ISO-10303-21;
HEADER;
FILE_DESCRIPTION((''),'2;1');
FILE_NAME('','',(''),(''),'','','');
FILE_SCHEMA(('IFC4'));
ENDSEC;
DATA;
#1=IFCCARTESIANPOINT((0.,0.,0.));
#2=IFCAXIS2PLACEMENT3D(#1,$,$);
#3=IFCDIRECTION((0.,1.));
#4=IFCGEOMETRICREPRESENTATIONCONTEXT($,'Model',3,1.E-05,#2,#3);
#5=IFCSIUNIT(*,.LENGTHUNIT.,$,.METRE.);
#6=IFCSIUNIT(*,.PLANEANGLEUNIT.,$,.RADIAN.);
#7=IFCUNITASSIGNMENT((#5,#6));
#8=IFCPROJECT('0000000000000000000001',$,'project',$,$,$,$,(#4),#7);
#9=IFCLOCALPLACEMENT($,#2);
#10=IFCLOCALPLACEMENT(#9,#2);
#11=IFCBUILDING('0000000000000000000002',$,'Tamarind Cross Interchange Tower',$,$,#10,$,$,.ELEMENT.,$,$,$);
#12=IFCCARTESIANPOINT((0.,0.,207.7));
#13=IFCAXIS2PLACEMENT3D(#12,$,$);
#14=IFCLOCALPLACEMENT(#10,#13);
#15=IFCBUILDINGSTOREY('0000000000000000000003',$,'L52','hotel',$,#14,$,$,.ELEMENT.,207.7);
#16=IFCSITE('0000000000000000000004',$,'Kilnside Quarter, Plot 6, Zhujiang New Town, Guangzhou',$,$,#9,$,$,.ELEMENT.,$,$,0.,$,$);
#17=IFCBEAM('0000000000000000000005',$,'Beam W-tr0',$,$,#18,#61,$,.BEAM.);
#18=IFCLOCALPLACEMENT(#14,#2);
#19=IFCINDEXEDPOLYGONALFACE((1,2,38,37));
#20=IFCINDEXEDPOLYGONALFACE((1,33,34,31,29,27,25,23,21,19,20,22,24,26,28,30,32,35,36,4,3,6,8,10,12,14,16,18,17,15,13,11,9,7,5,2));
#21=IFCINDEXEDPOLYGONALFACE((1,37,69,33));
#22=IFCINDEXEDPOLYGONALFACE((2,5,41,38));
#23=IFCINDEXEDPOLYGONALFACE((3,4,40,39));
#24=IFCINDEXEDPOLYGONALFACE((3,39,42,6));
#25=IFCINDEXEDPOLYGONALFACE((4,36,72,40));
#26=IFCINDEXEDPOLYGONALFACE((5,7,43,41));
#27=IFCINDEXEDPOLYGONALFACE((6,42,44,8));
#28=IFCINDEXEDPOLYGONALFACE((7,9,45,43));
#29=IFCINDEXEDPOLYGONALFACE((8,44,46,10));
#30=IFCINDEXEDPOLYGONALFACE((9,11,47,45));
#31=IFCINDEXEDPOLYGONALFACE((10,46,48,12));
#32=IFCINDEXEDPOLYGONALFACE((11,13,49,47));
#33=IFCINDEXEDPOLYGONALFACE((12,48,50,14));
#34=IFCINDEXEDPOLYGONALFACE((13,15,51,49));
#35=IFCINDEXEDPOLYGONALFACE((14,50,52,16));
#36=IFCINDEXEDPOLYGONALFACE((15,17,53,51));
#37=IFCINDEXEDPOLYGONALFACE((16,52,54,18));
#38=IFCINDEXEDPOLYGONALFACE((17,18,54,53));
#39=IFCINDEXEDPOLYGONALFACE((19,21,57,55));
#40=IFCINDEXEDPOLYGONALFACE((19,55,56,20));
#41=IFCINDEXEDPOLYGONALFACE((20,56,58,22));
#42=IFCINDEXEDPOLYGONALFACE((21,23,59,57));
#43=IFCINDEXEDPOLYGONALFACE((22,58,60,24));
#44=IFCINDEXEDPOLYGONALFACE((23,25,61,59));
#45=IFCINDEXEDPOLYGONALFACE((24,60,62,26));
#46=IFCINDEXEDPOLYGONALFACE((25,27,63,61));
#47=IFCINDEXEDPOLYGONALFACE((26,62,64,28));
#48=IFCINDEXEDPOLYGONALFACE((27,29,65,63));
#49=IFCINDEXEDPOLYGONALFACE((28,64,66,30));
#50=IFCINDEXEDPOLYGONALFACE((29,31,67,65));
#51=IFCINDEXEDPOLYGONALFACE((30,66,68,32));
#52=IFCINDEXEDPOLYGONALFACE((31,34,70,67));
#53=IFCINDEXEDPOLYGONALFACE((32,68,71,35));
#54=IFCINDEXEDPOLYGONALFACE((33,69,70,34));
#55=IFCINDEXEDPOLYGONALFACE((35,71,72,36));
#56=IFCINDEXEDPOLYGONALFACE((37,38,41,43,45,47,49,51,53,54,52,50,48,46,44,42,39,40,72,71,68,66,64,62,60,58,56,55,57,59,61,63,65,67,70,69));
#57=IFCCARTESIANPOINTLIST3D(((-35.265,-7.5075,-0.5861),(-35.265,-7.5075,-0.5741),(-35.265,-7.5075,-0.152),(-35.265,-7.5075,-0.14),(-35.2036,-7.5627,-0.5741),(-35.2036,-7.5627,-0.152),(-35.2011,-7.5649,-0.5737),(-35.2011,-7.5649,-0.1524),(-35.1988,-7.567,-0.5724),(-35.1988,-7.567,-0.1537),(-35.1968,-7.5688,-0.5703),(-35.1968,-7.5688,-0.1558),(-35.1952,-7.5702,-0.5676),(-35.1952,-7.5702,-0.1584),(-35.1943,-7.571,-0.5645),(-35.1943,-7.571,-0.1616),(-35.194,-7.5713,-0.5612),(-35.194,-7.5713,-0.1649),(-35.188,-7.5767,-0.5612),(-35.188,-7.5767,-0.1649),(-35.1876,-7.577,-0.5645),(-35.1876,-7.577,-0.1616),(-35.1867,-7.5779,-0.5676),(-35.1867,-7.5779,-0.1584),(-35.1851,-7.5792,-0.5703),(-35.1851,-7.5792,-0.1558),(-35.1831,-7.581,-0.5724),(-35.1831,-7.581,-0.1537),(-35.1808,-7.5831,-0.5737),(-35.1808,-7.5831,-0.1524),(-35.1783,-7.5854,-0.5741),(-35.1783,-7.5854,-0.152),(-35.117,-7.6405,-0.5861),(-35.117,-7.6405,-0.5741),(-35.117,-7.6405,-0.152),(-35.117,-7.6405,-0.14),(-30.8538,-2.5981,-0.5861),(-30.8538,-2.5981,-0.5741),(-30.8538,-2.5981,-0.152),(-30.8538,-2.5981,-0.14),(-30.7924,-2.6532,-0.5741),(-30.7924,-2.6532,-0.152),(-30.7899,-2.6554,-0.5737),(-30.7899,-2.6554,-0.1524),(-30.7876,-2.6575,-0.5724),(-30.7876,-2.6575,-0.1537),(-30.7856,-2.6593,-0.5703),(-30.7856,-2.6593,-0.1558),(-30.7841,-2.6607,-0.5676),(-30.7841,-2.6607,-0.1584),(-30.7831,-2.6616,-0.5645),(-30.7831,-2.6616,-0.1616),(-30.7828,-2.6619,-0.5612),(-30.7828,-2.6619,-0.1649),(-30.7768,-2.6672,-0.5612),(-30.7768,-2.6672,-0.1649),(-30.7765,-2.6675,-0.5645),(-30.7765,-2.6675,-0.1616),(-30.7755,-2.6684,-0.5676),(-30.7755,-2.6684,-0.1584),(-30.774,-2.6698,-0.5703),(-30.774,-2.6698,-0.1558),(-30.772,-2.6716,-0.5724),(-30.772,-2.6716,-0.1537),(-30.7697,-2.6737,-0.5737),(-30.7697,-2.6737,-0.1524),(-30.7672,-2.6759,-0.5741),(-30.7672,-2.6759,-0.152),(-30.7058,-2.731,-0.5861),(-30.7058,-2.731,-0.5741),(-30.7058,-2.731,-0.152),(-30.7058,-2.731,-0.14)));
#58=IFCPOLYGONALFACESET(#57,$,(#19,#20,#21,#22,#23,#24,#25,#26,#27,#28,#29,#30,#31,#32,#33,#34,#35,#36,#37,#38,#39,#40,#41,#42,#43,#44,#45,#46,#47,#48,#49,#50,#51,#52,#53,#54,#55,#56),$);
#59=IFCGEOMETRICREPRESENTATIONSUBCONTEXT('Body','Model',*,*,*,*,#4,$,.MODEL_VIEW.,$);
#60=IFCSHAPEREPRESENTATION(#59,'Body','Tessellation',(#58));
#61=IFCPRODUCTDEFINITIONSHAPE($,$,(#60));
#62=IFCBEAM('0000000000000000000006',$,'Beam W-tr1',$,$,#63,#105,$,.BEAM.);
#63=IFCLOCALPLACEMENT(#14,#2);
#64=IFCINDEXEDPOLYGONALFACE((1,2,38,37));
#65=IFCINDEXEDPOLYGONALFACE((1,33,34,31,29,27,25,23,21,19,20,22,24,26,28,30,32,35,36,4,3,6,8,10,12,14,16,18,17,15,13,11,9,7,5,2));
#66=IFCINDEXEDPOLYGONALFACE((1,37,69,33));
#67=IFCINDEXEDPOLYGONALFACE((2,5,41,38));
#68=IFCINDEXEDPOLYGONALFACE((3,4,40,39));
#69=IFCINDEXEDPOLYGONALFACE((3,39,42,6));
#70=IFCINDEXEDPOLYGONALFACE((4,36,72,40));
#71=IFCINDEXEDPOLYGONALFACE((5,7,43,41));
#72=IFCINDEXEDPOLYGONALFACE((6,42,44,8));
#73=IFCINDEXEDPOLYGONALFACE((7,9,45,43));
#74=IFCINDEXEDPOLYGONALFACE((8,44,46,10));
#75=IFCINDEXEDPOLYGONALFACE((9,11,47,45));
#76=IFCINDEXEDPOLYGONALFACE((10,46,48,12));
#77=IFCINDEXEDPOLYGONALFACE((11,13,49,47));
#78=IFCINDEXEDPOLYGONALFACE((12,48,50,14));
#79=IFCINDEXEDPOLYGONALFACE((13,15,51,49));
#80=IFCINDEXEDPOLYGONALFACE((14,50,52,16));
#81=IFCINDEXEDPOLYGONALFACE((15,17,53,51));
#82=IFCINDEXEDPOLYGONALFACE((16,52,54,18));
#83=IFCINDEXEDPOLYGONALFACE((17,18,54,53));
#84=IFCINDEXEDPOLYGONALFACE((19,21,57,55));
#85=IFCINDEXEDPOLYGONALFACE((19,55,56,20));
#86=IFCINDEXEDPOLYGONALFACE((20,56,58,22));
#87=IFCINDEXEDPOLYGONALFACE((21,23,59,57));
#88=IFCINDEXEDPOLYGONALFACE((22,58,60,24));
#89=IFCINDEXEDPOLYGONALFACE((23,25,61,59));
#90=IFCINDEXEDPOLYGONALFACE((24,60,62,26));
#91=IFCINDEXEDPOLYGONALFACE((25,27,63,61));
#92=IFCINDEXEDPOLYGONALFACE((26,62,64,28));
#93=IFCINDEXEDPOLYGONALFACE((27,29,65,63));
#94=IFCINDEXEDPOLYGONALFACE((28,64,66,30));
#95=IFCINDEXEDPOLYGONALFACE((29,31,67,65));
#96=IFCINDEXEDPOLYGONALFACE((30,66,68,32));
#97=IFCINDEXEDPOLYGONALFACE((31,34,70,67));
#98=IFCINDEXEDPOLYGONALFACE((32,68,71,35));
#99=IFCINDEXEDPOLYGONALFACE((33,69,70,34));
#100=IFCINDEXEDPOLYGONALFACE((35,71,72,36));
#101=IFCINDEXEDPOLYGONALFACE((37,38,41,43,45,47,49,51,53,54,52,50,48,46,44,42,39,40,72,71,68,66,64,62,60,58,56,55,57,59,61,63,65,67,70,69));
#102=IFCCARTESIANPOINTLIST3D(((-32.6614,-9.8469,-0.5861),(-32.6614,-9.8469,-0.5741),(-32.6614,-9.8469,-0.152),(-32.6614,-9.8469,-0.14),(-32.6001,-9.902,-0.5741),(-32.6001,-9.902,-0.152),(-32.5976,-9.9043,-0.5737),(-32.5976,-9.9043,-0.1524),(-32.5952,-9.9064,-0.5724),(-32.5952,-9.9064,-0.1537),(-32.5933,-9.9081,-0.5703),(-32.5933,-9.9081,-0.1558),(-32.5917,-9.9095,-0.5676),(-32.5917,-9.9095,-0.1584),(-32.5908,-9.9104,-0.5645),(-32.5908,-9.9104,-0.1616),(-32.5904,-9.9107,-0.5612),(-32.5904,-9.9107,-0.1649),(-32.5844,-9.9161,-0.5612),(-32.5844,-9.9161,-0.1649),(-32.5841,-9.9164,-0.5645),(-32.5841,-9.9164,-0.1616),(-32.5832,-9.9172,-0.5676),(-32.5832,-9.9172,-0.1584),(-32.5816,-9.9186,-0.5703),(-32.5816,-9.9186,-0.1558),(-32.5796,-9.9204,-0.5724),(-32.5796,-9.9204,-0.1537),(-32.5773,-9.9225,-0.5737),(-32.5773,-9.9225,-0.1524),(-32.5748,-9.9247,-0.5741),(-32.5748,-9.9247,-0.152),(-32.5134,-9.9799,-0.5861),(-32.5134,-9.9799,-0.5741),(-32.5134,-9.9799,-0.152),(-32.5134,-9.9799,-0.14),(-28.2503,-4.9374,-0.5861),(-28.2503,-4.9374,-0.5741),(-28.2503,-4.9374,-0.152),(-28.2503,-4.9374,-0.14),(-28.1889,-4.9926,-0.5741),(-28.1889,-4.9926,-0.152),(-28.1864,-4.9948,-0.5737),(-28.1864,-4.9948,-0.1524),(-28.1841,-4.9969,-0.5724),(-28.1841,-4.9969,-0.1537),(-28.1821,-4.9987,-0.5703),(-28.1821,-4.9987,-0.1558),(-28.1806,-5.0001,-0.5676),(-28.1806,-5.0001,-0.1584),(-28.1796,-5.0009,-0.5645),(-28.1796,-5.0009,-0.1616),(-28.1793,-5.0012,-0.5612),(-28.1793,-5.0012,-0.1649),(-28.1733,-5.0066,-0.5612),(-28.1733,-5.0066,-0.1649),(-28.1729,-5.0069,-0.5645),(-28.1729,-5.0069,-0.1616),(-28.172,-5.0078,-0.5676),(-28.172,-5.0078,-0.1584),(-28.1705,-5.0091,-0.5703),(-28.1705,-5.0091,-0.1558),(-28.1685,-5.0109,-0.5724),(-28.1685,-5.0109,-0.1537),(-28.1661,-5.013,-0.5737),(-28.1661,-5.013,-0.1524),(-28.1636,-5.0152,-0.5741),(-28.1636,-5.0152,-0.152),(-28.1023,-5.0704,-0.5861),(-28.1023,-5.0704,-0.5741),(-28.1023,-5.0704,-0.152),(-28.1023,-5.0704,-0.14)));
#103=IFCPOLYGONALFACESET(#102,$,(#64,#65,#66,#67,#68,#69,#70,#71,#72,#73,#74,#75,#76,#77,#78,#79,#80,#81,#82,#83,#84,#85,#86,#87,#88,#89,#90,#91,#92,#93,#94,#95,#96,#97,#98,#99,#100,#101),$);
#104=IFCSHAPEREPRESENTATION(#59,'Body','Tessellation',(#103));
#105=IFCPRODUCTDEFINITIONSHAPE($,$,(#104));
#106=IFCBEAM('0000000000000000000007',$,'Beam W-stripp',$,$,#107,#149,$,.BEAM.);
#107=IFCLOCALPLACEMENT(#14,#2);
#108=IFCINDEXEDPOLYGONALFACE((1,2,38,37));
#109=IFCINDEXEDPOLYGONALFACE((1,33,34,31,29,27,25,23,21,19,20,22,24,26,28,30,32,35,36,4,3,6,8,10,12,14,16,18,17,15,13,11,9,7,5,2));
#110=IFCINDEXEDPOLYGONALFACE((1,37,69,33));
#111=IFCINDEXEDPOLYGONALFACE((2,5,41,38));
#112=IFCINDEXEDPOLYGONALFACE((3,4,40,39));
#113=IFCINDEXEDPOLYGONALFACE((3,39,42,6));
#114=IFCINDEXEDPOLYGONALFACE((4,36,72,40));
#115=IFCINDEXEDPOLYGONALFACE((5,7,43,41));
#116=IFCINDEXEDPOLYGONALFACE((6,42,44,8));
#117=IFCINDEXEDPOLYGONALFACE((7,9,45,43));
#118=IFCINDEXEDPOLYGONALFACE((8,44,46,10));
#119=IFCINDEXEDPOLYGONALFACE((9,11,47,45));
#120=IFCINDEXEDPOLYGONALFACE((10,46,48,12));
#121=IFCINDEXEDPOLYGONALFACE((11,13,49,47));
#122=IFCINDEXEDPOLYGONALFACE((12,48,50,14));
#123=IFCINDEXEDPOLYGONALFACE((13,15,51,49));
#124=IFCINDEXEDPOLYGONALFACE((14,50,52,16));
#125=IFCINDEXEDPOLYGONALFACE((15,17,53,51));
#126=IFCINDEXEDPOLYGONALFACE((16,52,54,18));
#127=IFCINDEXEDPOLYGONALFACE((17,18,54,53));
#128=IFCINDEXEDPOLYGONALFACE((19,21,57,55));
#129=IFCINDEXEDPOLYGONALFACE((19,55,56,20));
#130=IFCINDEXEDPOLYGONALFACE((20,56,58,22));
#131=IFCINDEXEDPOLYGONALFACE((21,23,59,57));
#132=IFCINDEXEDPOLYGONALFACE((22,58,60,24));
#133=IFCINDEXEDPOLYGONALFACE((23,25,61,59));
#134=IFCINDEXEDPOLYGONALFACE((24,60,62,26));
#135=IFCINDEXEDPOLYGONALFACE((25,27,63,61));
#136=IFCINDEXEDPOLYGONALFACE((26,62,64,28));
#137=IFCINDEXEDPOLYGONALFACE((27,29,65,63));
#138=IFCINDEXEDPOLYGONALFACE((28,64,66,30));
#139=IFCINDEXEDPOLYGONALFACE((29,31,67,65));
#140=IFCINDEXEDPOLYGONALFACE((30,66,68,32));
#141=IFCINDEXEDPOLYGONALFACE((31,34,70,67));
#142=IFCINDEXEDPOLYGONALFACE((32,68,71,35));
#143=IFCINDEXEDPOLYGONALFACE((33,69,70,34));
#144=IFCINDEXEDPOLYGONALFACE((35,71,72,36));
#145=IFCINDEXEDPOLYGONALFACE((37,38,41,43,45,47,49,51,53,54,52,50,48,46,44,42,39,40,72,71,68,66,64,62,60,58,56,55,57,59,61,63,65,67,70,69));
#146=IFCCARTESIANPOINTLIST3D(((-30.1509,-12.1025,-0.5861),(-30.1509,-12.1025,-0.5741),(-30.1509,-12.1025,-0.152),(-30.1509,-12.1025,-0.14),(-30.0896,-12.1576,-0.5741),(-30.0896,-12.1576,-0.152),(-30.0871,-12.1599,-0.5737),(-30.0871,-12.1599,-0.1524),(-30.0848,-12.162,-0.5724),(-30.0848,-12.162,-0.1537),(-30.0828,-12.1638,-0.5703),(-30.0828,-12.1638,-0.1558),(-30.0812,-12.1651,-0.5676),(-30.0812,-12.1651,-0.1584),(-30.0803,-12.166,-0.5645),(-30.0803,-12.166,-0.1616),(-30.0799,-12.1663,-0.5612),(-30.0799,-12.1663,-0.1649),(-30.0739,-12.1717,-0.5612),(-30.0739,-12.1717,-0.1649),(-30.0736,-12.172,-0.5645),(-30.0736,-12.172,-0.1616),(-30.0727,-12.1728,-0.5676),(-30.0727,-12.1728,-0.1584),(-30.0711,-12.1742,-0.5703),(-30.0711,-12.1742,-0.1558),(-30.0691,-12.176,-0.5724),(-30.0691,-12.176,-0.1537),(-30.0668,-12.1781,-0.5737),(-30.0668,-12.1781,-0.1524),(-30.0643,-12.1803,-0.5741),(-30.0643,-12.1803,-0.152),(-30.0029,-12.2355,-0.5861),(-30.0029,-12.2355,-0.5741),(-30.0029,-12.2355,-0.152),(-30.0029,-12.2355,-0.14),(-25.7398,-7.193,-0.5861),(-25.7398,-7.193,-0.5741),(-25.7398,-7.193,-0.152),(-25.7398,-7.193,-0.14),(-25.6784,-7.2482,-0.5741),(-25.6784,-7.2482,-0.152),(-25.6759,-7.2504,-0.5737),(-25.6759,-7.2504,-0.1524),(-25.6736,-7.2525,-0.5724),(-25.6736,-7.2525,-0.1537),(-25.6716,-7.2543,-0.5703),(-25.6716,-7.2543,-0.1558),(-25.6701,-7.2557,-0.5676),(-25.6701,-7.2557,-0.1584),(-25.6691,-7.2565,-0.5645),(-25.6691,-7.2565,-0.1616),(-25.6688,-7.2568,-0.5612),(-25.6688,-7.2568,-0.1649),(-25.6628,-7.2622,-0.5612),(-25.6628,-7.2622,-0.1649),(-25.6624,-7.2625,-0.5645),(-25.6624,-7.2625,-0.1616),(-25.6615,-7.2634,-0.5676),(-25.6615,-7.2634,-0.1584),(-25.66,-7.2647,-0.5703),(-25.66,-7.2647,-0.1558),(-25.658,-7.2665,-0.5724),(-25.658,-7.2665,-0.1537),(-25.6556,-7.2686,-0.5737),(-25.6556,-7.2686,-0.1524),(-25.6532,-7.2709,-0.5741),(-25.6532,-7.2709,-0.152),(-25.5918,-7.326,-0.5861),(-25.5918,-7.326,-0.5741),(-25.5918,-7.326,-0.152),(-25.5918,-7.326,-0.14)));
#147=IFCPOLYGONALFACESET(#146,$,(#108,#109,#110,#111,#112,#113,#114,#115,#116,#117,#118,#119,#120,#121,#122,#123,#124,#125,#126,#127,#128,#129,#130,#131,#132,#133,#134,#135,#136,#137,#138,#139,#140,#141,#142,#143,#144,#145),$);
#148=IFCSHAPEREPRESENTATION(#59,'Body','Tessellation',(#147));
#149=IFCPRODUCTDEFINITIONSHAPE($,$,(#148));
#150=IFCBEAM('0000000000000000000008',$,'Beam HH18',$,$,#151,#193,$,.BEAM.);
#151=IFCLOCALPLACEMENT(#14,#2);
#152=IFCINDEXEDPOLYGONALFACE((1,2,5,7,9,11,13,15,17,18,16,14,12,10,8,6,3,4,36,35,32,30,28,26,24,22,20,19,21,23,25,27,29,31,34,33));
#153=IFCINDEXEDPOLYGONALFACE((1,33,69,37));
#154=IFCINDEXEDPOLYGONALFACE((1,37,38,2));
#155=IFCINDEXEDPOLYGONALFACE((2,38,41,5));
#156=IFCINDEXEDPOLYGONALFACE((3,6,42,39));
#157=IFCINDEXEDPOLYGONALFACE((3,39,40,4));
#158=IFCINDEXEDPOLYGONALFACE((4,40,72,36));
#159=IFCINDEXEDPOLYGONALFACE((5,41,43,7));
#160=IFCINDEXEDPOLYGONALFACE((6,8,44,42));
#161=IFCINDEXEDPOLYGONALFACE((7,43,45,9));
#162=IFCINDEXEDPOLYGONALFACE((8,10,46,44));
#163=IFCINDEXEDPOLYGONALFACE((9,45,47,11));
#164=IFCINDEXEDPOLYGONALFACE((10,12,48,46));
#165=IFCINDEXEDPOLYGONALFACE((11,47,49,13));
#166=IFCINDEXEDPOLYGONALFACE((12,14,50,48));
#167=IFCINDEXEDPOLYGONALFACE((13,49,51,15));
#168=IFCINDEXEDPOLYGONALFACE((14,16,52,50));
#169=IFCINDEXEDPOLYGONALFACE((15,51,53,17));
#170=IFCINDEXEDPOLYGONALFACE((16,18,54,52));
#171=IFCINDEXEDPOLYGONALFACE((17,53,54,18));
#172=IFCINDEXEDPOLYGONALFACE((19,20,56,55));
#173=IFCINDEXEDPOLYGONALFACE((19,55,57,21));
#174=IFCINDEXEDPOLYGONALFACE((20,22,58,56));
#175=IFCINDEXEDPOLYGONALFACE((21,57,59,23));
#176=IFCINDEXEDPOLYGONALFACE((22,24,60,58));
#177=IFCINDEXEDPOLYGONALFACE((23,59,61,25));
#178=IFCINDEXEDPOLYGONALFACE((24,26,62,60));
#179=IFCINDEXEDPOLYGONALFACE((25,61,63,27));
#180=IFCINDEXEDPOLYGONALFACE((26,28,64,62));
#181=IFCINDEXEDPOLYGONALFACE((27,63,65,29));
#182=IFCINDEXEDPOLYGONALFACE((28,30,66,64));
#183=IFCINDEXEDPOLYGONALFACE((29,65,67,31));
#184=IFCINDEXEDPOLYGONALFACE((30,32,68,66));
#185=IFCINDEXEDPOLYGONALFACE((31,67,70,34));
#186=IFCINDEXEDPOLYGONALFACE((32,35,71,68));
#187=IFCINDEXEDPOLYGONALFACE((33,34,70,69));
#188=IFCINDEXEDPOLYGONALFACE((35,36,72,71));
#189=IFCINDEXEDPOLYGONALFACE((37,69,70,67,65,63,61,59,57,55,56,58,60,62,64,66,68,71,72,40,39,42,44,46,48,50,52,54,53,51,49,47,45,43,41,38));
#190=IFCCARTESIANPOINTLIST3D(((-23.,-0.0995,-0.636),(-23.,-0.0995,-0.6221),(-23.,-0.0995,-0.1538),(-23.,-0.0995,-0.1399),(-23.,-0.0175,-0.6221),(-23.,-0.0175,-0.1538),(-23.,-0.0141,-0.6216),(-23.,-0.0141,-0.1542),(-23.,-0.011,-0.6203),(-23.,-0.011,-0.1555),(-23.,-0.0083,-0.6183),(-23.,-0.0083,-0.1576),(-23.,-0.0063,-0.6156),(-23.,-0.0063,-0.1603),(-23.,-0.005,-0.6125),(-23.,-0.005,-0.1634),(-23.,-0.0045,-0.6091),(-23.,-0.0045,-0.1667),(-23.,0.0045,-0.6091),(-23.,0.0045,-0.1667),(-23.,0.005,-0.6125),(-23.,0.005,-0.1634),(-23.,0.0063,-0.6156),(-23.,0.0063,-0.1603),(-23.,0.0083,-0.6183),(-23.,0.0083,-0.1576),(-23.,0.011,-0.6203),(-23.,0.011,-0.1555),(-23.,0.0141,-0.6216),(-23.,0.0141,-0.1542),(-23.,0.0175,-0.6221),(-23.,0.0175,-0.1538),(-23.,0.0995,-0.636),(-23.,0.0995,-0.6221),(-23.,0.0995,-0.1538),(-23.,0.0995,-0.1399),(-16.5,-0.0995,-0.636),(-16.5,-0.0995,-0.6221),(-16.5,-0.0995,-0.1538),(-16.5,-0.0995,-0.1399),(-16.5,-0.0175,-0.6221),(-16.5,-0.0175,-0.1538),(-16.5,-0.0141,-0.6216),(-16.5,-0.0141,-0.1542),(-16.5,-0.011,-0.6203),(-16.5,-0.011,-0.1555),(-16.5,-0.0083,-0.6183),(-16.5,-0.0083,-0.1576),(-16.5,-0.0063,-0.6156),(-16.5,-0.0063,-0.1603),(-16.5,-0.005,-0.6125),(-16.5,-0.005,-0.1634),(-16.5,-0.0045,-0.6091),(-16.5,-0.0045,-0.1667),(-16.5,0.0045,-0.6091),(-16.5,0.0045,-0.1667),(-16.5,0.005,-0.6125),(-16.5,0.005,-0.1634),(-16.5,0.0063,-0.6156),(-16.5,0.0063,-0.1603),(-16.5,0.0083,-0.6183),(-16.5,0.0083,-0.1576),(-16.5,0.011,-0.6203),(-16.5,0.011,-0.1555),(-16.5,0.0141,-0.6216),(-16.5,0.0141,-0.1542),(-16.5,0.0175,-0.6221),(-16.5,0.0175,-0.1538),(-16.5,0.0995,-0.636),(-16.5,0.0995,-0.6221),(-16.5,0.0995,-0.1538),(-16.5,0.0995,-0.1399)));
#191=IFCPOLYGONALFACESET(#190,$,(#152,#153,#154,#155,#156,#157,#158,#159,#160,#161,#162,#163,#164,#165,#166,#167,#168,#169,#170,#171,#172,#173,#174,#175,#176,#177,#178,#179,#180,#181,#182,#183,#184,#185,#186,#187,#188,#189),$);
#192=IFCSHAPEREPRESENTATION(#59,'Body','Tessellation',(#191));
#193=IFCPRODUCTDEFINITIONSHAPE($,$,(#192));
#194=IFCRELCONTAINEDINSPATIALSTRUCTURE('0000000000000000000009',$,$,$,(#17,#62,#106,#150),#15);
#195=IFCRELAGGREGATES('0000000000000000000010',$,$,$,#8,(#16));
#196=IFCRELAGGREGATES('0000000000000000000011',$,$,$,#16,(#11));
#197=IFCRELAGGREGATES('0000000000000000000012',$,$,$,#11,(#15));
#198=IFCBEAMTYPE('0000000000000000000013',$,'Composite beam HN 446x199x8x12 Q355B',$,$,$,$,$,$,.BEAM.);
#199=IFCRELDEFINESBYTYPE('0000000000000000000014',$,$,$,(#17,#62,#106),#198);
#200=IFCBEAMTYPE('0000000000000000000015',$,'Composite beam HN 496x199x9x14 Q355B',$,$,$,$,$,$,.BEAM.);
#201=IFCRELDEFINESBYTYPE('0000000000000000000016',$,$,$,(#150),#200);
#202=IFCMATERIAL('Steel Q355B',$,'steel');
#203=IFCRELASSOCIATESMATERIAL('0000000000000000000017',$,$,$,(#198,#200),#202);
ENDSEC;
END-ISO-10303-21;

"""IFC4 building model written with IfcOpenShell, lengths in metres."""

from ifc_helpers import new_model, si_unit, direction, frame, origin, origin_2d, place, context, subcontext, project, spatial, i_section, extrude, material, material_profile, profile_set, type_object, element, save


model = new_model("IFC4")

# Units and contexts
model_context = context("Model", 3, precision=1e-05, world=origin(), true_north=direction((0.0, 1.0)))
body_context = subcontext(model_context, "Body", "Model", "MODEL_VIEW")
ifc_project = project(units=[si_unit("LENGTHUNIT", "METRE"), si_unit("PLANEANGLEUNIT", "RADIAN")], contexts=[model_context])

# Site, building, storey
site_placement = place(None, origin())
site = spatial("IfcSite", under=ifc_project, at=site_placement, Name="Kilnside Quarter, Plot 6, Zhujiang New Town, Guangzhou", CompositionType="ELEMENT", RefElevation=0.0)
building_placement = place(site_placement, origin())
building = spatial("IfcBuilding", under=site, at=building_placement, Name="Tamarind Cross Interchange Tower", CompositionType="ELEMENT")
storey_placement = place(building_placement, frame((0.0, 0.0, 207.7)))
storey = spatial("IfcBuildingStorey", under=building, at=storey_placement, Name="L52", Description="hotel", CompositionType="ELEMENT", Elevation=207.7)

# Beams
ifc_material_1 = material(Name="Steel Q355B", Category="steel")
ifc_material_profile_1 = material_profile(ifc_material_1, i_section(OverallWidth=0.199, OverallDepth=0.446, WebThickness=0.0081, FlangeThickness=0.012, FilletRadius=0.0129, at=origin_2d()), Name="HN 446x199x8x12")
ifc_profile_set_1 = profile_set([ifc_material_profile_1], Name="Steel Q355B")
beam_type_1 = type_object("IfcBeamType", Name="Composite beam HN 446x199x8x12 Q355B", PredefinedType="BEAM", material=ifc_profile_set_1)
for number, where, z_axis, x_axis, name in (
    (1, (-30.7798, -2.6646, -0.363), (-0.668349, -0.743848, 0.0), (0.743848, -0.668349, 0.0), "Beam W-tr0"),
    (2, (-28.1763, -5.0039, -0.363), (-0.668349, -0.743848, 0.0), (0.743848, -0.668349, 0.0), "Beam W-tr1"),
    (3, (-25.6658, -7.2595, -0.363), (-0.668349, -0.743848, 0.0), (0.743848, -0.668349, 0.0), "Beam W-stripp"),
):
    element("IfcBeam", number, at=place(storey_placement, frame(where, z_axis=z_axis, x_axis=x_axis)), inside=storey, type_object=beam_type_1, Name=name, PredefinedType="BEAM", context=body_context, shape_type="SweptSolid", body=[
        extrude(i_section(OverallWidth=0.199, OverallDepth=0.446, WebThickness=0.0081, FlangeThickness=0.012, FilletRadius=0.0129, at=origin_2d()), origin(), (0.0, 0.0, 1.0), 6.6001),
    ])
ifc_material_profile_2 = material_profile(ifc_material_1, i_section(OverallWidth=0.199, OverallDepth=0.4961, WebThickness=0.009, FlangeThickness=0.0139, FilletRadius=0.0129, at=origin_2d()), Name="HN 496x199x9x14")
ifc_profile_set_2 = profile_set([ifc_material_profile_2], Name="Steel Q355B")
beam_type_2 = type_object("IfcBeamType", Name="Composite beam HN 496x199x9x14 Q355B", PredefinedType="BEAM", material=ifc_profile_set_2)
beam_1_placement = place(storey_placement, frame((-23.0, 0.0, -0.3879), z_axis=(1.0, 0.0, 0.0), x_axis=(0.0, 1.0, 0.0)))
element("IfcBeam", 4, at=beam_1_placement, inside=storey, type_object=beam_type_2, Name="Beam HH18", PredefinedType="BEAM", context=body_context, shape_type="SweptSolid", body=[
    extrude(i_section(OverallWidth=0.199, OverallDepth=0.4961, WebThickness=0.009, FlangeThickness=0.0139, FilletRadius=0.0129, at=origin_2d()), origin(), (0.0, 0.0, 1.0), 6.5),
])

save(model, "model.ifc")
